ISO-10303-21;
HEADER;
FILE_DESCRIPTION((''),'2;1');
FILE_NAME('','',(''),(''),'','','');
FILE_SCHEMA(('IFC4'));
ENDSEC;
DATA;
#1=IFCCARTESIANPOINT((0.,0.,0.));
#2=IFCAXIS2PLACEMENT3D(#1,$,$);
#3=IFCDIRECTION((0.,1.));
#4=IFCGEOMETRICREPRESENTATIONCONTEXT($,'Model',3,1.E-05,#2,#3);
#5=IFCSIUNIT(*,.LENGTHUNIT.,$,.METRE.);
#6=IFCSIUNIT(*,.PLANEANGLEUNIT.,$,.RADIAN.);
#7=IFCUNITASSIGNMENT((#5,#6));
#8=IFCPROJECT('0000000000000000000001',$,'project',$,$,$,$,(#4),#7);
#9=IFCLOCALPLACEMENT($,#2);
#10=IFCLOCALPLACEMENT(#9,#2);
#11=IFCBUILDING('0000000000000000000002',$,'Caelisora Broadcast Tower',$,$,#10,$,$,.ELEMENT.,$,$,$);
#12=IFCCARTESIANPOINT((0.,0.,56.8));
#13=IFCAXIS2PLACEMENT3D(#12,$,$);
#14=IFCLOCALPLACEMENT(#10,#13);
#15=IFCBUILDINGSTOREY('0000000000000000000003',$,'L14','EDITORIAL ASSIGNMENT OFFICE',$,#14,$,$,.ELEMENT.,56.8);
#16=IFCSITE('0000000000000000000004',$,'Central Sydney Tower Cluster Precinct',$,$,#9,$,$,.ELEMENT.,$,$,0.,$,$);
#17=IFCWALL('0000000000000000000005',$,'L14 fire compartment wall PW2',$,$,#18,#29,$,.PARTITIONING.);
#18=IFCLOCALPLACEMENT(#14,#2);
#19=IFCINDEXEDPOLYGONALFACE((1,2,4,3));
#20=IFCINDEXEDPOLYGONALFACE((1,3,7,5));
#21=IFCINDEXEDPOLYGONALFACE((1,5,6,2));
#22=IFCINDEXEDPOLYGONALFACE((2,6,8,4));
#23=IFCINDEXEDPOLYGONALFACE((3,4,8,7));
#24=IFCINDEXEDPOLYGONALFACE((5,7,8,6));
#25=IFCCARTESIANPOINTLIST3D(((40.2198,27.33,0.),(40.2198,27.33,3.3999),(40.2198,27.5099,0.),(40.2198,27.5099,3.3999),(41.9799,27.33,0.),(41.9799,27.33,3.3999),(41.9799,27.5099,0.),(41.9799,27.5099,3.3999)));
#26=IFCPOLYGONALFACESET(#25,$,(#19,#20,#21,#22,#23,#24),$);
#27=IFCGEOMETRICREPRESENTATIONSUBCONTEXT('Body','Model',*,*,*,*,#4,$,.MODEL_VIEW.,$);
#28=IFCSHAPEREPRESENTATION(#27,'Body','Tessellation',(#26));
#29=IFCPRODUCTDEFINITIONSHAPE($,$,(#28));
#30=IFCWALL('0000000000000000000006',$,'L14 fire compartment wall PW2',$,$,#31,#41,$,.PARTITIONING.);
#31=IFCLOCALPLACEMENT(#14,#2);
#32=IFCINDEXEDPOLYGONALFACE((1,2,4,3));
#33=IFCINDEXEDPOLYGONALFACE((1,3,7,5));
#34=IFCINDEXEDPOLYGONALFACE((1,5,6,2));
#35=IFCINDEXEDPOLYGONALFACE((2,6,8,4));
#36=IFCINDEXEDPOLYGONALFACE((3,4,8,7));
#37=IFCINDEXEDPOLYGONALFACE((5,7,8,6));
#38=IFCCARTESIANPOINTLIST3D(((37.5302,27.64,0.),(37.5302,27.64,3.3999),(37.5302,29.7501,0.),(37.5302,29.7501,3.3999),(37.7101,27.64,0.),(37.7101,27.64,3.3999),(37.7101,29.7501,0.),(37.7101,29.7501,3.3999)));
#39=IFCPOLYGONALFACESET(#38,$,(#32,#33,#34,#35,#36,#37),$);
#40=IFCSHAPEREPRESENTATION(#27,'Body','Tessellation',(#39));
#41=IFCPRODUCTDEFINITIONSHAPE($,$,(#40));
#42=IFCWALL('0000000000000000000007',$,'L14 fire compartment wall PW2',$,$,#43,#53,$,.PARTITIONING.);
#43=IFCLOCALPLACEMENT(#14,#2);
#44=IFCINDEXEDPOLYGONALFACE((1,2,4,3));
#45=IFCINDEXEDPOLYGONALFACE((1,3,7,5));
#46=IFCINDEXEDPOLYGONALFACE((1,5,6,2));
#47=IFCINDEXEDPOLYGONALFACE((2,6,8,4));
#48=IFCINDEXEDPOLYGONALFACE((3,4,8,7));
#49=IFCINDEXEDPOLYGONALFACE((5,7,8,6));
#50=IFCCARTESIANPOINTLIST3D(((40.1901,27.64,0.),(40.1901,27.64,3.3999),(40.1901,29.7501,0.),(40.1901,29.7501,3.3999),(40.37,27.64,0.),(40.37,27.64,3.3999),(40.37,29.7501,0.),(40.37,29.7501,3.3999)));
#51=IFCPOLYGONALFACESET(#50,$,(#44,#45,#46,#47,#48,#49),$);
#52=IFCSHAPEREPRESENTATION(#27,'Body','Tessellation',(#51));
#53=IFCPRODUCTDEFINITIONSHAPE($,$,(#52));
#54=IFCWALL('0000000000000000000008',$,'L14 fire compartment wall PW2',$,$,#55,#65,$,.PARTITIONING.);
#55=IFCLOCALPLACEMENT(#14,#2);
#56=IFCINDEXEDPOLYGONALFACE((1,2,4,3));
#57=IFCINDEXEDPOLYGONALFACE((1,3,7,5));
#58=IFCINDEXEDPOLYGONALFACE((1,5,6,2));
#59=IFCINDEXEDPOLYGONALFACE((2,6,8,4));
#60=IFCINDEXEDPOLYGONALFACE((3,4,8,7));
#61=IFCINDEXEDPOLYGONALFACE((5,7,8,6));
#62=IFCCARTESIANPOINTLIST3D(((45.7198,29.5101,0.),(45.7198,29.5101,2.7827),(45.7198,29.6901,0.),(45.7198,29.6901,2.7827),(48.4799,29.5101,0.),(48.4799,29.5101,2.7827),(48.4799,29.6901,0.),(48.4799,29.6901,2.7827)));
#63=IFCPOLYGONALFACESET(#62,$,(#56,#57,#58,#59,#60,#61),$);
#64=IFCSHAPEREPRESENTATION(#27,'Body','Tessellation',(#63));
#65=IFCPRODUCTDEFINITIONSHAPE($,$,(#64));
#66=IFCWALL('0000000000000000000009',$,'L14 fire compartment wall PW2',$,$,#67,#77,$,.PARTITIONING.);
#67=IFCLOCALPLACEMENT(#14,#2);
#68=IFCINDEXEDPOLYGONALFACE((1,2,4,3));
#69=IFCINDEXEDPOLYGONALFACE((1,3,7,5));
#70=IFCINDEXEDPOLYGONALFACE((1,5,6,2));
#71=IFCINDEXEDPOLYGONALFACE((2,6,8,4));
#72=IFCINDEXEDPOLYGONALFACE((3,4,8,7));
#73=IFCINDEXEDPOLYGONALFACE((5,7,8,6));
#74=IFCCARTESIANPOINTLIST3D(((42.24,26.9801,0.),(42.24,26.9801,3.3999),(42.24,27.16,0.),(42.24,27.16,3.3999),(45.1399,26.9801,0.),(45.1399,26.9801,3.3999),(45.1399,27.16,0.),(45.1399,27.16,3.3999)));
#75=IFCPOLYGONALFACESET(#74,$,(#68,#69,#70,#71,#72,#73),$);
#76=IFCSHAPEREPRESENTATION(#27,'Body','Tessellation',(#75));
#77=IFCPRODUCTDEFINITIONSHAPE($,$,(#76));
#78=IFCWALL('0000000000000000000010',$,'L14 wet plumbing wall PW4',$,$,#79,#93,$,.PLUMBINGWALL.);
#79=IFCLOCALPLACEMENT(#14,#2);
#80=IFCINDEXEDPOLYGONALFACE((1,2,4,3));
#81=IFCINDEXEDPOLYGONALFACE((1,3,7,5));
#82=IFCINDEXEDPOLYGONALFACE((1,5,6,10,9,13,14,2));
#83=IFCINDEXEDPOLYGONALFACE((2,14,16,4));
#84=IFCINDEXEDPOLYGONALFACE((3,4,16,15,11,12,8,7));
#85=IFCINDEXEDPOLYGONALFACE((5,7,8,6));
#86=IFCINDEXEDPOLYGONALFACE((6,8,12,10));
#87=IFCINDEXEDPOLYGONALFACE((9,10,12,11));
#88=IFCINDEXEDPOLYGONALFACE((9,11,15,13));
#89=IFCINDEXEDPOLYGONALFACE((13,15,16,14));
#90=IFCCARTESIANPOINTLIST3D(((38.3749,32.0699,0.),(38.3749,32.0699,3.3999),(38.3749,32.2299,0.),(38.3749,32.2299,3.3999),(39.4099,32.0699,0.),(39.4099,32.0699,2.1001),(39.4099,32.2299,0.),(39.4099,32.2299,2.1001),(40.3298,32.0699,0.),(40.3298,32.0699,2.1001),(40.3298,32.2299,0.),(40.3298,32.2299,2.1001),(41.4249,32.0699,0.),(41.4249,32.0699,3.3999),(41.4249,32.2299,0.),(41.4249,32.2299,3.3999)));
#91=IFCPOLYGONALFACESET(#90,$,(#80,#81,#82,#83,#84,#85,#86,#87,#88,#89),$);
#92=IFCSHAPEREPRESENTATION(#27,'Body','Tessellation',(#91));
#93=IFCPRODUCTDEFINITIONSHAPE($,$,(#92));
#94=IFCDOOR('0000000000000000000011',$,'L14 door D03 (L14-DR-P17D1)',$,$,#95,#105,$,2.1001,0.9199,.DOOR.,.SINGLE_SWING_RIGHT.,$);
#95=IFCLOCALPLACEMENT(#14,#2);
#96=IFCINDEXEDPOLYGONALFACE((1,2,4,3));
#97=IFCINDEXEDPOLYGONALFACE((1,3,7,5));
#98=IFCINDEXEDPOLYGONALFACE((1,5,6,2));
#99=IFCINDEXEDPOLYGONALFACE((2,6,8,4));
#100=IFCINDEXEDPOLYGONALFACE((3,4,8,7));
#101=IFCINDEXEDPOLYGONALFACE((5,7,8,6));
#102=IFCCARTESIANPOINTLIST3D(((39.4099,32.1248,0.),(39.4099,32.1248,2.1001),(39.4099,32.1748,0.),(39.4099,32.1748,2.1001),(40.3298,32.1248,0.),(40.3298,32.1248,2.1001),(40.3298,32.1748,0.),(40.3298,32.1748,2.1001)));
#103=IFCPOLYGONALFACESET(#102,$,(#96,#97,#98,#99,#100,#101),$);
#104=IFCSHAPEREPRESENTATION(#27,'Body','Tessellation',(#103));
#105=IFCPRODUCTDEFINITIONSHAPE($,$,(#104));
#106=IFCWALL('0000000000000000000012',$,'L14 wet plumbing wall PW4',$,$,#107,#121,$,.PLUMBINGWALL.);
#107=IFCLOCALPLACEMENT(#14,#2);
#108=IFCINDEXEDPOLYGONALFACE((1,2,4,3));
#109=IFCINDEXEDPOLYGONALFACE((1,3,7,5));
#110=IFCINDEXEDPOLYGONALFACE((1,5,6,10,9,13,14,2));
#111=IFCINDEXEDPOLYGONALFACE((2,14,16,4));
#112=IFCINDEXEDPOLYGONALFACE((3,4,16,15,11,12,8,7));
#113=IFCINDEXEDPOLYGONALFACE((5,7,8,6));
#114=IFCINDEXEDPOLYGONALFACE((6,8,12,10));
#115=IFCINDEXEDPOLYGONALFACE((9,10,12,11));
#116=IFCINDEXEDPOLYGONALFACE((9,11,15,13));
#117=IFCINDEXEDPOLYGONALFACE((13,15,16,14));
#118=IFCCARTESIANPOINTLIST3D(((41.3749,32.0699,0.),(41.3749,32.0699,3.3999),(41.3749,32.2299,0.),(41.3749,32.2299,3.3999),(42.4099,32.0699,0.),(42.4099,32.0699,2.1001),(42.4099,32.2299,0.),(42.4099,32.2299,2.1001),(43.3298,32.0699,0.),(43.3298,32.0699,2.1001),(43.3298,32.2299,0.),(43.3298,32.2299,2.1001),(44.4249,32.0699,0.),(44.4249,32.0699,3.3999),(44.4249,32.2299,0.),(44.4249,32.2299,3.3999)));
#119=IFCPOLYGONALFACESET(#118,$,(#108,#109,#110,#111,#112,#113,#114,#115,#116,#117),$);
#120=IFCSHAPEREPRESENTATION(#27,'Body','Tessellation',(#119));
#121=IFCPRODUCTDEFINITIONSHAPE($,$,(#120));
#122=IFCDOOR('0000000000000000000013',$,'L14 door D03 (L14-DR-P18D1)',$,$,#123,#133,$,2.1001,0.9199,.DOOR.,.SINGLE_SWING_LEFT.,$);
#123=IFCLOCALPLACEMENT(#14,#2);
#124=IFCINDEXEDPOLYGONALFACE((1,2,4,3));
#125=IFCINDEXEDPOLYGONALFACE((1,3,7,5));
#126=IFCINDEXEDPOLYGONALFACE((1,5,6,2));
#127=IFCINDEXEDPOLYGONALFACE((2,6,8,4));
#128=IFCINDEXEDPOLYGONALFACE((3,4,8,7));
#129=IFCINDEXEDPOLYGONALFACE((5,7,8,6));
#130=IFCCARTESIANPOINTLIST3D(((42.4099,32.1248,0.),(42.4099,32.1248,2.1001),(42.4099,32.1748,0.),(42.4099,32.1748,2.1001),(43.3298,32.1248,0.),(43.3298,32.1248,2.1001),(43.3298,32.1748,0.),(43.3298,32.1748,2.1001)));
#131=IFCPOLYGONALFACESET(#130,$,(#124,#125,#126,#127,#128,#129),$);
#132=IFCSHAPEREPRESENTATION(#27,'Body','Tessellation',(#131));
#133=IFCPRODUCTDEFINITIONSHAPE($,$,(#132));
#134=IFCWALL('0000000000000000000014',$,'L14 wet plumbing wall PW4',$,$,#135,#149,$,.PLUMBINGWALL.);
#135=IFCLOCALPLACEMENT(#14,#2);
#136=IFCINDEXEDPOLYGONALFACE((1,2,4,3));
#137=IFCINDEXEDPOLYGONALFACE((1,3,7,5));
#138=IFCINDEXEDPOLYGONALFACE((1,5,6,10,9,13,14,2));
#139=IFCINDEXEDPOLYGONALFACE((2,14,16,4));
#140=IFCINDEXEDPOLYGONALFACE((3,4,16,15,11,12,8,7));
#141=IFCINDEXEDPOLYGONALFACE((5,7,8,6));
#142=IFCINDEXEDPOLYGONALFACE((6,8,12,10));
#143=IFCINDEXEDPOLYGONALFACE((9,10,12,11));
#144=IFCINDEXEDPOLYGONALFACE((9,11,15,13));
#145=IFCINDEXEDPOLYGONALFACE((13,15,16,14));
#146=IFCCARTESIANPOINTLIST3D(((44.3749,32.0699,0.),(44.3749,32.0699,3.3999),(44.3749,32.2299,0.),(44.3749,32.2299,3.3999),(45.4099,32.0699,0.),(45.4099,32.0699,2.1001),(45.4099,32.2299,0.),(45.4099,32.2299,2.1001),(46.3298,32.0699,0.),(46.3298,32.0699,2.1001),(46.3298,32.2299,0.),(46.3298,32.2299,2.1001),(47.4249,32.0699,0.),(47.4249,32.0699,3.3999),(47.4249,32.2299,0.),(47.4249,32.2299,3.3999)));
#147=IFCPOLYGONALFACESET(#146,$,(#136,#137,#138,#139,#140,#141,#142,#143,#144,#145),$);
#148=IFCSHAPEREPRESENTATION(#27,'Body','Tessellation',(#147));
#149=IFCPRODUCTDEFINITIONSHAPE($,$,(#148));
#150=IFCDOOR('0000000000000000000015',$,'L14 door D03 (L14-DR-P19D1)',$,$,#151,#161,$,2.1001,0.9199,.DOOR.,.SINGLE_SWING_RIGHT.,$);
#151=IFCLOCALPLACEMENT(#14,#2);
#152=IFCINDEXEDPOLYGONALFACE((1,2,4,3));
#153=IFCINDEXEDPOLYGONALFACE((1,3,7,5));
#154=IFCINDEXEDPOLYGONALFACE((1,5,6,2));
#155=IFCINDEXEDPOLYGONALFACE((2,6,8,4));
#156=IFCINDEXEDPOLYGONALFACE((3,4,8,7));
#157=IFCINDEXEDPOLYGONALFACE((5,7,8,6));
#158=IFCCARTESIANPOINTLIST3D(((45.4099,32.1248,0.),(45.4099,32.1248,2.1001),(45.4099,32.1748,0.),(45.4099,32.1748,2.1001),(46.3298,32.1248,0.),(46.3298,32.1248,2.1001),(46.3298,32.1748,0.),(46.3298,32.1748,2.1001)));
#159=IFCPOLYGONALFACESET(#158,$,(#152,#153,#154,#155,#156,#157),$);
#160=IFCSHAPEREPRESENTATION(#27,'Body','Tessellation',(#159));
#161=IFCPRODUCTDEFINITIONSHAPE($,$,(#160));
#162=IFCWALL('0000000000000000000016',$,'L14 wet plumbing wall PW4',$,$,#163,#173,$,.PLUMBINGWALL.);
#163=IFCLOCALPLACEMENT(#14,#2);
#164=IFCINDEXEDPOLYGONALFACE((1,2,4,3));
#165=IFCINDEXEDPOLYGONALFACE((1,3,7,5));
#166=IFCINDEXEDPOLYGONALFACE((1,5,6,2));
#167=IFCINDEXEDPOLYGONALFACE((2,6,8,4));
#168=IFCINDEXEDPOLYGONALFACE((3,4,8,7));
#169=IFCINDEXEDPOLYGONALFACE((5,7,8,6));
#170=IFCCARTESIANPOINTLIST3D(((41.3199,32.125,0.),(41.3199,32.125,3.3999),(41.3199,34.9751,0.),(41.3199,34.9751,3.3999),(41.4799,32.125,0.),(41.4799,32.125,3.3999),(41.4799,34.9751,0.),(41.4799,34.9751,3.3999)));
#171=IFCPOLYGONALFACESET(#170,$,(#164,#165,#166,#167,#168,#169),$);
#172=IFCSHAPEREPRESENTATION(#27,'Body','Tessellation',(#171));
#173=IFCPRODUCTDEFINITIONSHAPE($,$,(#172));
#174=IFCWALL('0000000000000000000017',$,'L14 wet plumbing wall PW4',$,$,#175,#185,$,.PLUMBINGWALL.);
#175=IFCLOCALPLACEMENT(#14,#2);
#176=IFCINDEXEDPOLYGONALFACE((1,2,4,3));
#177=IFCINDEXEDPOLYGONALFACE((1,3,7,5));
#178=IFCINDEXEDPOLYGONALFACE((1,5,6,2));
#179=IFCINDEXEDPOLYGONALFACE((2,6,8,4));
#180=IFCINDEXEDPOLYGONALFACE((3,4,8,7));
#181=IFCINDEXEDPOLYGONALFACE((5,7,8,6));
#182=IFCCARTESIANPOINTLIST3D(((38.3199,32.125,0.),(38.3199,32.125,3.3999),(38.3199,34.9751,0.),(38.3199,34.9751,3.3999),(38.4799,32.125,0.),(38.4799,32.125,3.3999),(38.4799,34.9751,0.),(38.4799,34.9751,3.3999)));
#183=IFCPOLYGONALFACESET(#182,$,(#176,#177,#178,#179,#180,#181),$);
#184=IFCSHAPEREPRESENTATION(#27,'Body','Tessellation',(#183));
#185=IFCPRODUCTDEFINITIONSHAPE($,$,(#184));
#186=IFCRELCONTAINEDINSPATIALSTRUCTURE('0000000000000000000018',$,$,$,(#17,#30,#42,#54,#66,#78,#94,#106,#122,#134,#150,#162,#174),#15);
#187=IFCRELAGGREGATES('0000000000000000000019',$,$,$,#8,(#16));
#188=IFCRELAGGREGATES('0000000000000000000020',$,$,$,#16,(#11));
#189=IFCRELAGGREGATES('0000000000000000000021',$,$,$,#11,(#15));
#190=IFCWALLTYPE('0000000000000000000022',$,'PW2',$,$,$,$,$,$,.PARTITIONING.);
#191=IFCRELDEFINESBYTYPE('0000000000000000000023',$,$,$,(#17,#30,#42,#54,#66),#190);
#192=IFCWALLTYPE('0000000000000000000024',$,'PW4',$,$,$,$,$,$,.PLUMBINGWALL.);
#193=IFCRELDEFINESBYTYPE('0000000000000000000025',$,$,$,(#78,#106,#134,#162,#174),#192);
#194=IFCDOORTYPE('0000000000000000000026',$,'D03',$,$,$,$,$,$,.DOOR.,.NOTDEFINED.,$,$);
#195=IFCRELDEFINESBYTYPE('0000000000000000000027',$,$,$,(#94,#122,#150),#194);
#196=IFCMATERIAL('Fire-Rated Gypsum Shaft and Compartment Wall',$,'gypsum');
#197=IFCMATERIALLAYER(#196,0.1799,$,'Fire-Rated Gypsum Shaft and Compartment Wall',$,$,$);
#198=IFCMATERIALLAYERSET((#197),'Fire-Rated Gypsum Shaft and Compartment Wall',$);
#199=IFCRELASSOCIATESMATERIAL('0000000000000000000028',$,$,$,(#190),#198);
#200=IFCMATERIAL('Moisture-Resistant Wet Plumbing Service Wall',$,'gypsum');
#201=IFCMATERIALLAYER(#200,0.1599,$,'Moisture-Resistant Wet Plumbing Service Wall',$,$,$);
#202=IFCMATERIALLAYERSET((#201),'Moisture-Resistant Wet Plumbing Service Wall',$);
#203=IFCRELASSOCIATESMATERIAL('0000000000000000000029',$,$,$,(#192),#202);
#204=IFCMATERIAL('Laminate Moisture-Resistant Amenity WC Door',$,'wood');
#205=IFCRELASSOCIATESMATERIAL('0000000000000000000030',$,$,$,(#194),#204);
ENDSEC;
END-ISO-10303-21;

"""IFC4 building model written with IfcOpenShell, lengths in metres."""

from ifc_helpers import new_model, si_unit, direction, frame, frame_2d, origin, place, context, subcontext, project, spatial, rectangle, extrude, material, layer, layer_set, type_object, element, fill, save


model = new_model("IFC4")

# Units and contexts
model_context = context("Model", 3, precision=1e-05, world=origin(), true_north=direction((0.0, 1.0)))
body_context = subcontext(model_context, "Body", "Model", "MODEL_VIEW")
ifc_project = project(units=[si_unit("LENGTHUNIT", "METRE"), si_unit("PLANEANGLEUNIT", "RADIAN")], contexts=[model_context])

# Site, building, storey
site_placement = place(None, origin())
site = spatial("IfcSite", under=ifc_project, at=site_placement, Name="Central Sydney Tower Cluster Precinct", CompositionType="ELEMENT", RefElevation=0.0)
building_placement = place(site_placement, origin())
building = spatial("IfcBuilding", under=site, at=building_placement, Name="Caelisora Broadcast Tower", CompositionType="ELEMENT")
storey_placement = place(building_placement, frame((0.0, 0.0, 56.8)))
storey = spatial("IfcBuildingStorey", under=building, at=storey_placement, Name="L14", Description="EDITORIAL ASSIGNMENT OFFICE", CompositionType="ELEMENT", Elevation=56.8)

# Walls
ifc_material_1 = material(Name="Fire-Rated Gypsum Shaft and Compartment Wall", Category="gypsum")
ifc_layer_1 = layer(ifc_material_1, 0.1799, Name="Fire-Rated Gypsum Shaft and Compartment Wall")
ifc_layer_set_1 = layer_set([ifc_layer_1], Name="Fire-Rated Gypsum Shaft and Compartment Wall")
wall_type_1 = type_object("IfcWallType", Name="PW2", PredefinedType="PARTITIONING", material=ifc_layer_set_1)
wall_1_placement = place(storey_placement, frame((40.22, 27.4199, 0.0), z_axis=(0.0, 0.0, 1.0), x_axis=(1.0, 0.0, 0.0)))
element("IfcWall", 1, at=wall_1_placement, inside=storey, type_object=wall_type_1, Name="L14 fire compartment wall PW2", PredefinedType="PARTITIONING", context=body_context, shape_type="SweptSolid", body=[
    extrude(rectangle(XDim=1.76, YDim=0.1799, at=frame_2d((0.8799, 0.0))), origin(), (0.0, 0.0, 1.0), 3.3999),
])
for number, where, z_axis, x_axis, name in (
    (2, (37.6201, 27.6399, 0.0), (0.0, 0.0, 1.0), (0.0, 1.0, 0.0), "L14 fire compartment wall PW2"),
    (3, (40.28, 27.6399, 0.0), (0.0, 0.0, 1.0), (0.0, 1.0, 0.0), "L14 fire compartment wall PW2"),
):
    element("IfcWall", number, at=place(storey_placement, frame(where, z_axis=z_axis, x_axis=x_axis)), inside=storey, type_object=wall_type_1, Name=name, PredefinedType="PARTITIONING", context=body_context, shape_type="SweptSolid", body=[
        extrude(rectangle(XDim=2.1101, YDim=0.1799, at=frame_2d((1.0552, 0.0))), origin(), (0.0, 0.0, 1.0), 3.3999),
    ])
wall_2_placement = place(storey_placement, frame((45.72, 29.6001, 0.0), z_axis=(0.0, 0.0, 1.0), x_axis=(1.0, 0.0, 0.0)))
element("IfcWall", 4, at=wall_2_placement, inside=storey, type_object=wall_type_1, Name="L14 fire compartment wall PW2", PredefinedType="PARTITIONING", context=body_context, shape_type="SweptSolid", body=[
    extrude(rectangle(XDim=2.76, YDim=0.1799, at=frame_2d((1.3799, 0.0))), origin(), (0.0, 0.0, 1.0), 2.7827),
])
wall_3_placement = place(storey_placement, frame((42.24, 27.0701, 0.0), z_axis=(0.0, 0.0, 1.0), x_axis=(1.0, 0.0, 0.0)))
element("IfcWall", 5, at=wall_3_placement, inside=storey, type_object=wall_type_1, Name="L14 fire compartment wall PW2", PredefinedType="PARTITIONING", context=body_context, shape_type="SweptSolid", body=[
    extrude(rectangle(XDim=2.8999, YDim=0.1799, at=frame_2d((1.45, 0.0))), origin(), (0.0, 0.0, 1.0), 3.3999),
])

# Walls, openings, doors
ifc_material_2 = material(Name="Moisture-Resistant Wet Plumbing Service Wall", Category="gypsum")
ifc_layer_2 = layer(ifc_material_2, 0.1599, Name="Moisture-Resistant Wet Plumbing Service Wall")
ifc_layer_set_2 = layer_set([ifc_layer_2], Name="Moisture-Resistant Wet Plumbing Service Wall")
wall_type_2 = type_object("IfcWallType", Name="PW4", PredefinedType="PLUMBINGWALL", material=ifc_layer_set_2)
wall_4_placement = place(storey_placement, frame((38.375, 32.1499, 0.0), z_axis=(0.0, 0.0, 1.0), x_axis=(1.0, 0.0, 0.0)))
wall_4 = element("IfcWall", 6, at=wall_4_placement, inside=storey, type_object=wall_type_2, Name="L14 wet plumbing wall PW4", PredefinedType="PLUMBINGWALL", context=body_context, shape_type="SweptSolid", body=[
    extrude(rectangle(XDim=3.05, YDim=0.1599, at=frame_2d((1.5249, 0.0))), origin(), (0.0, 0.0, 1.0), 3.3999),
])
opening_1_placement = place(wall_4_placement, frame((1.0349, 0.0, 0.0)))
opening_1 = element("IfcOpeningElement", 7, at=opening_1_placement, cuts=wall_4, PredefinedType="OPENING", context=body_context, shape_type="SweptSolid", body=[
    extrude(rectangle(XDim=0.9199, YDim=2.1001, at=frame_2d((0.46, 1.05))), frame((0.0, 0.092, 0.0), z_axis=(0.0, -1.0, 0.0), x_axis=(1.0, 0.0, 0.0)), (0.0, 0.0, 1.0), 0.1838),
])
ifc_material_3 = material(Name="Laminate Moisture-Resistant Amenity WC Door", Category="wood")
door_type_1 = type_object("IfcDoorType", Name="D03", OperationType="NOTDEFINED", PredefinedType="DOOR", material=ifc_material_3)
door_1_placement = place(opening_1_placement, origin())
door_1 = element("IfcDoor", 8, at=door_1_placement, inside=storey, type_object=door_type_1, Name="L14 door D03 (L14-DR-P17D1)", OperationType="SINGLE_SWING_RIGHT", OverallHeight=2.1001, OverallWidth=0.9199, PredefinedType="DOOR", context=body_context, shape_type="SweptSolid", body=[
    extrude(rectangle(XDim=0.9199, YDim=2.1001, at=frame_2d((0.46, 1.05))), frame((0.0, 0.0249, 0.0), z_axis=(0.0, -1.0, 0.0), x_axis=(1.0, 0.0, 0.0)), (0.0, 0.0, 1.0), 0.05),
])
fill(opening_1, door_1)
wall_5_placement = place(storey_placement, frame((41.375, 32.1499, 0.0), z_axis=(0.0, 0.0, 1.0), x_axis=(1.0, 0.0, 0.0)))
wall_5 = element("IfcWall", 9, at=wall_5_placement, inside=storey, type_object=wall_type_2, Name="L14 wet plumbing wall PW4", PredefinedType="PLUMBINGWALL", context=body_context, shape_type="SweptSolid", body=[
    extrude(rectangle(XDim=3.05, YDim=0.1599, at=frame_2d((1.5249, 0.0))), origin(), (0.0, 0.0, 1.0), 3.3999),
])
opening_2_placement = place(wall_5_placement, frame((1.0349, 0.0, 0.0)))
opening_2 = element("IfcOpeningElement", 10, at=opening_2_placement, cuts=wall_5, PredefinedType="OPENING", context=body_context, shape_type="SweptSolid", body=[
    extrude(rectangle(XDim=0.9199, YDim=2.1001, at=frame_2d((0.46, 1.05))), frame((0.0, 0.092, 0.0), z_axis=(0.0, -1.0, 0.0), x_axis=(1.0, 0.0, 0.0)), (0.0, 0.0, 1.0), 0.1838),
])
door_2_placement = place(opening_2_placement, origin())
door_2 = element("IfcDoor", 11, at=door_2_placement, inside=storey, type_object=door_type_1, Name="L14 door D03 (L14-DR-P18D1)", OperationType="SINGLE_SWING_LEFT", OverallHeight=2.1001, OverallWidth=0.9199, PredefinedType="DOOR", context=body_context, shape_type="SweptSolid", body=[
    extrude(rectangle(XDim=0.9199, YDim=2.1001, at=frame_2d((0.46, 1.05))), frame((0.0, 0.0249, 0.0), z_axis=(0.0, -1.0, 0.0), x_axis=(1.0, 0.0, 0.0)), (0.0, 0.0, 1.0), 0.05),
])
fill(opening_2, door_2)
wall_6_placement = place(storey_placement, frame((44.375, 32.1499, 0.0), z_axis=(0.0, 0.0, 1.0), x_axis=(1.0, 0.0, 0.0)))
wall_6 = element("IfcWall", 12, at=wall_6_placement, inside=storey, type_object=wall_type_2, Name="L14 wet plumbing wall PW4", PredefinedType="PLUMBINGWALL", context=body_context, shape_type="SweptSolid", body=[
    extrude(rectangle(XDim=3.05, YDim=0.1599, at=frame_2d((1.5249, 0.0))), origin(), (0.0, 0.0, 1.0), 3.3999),
])
opening_3_placement = place(wall_6_placement, frame((1.0349, 0.0, 0.0)))
opening_3 = element("IfcOpeningElement", 13, at=opening_3_placement, cuts=wall_6, PredefinedType="OPENING", context=body_context, shape_type="SweptSolid", body=[
    extrude(rectangle(XDim=0.9199, YDim=2.1001, at=frame_2d((0.46, 1.05))), frame((0.0, 0.092, 0.0), z_axis=(0.0, -1.0, 0.0), x_axis=(1.0, 0.0, 0.0)), (0.0, 0.0, 1.0), 0.1838),
])
door_3_placement = place(opening_3_placement, origin())
door_3 = element("IfcDoor", 14, at=door_3_placement, inside=storey, type_object=door_type_1, Name="L14 door D03 (L14-DR-P19D1)", OperationType="SINGLE_SWING_RIGHT", OverallHeight=2.1001, OverallWidth=0.9199, PredefinedType="DOOR", context=body_context, shape_type="SweptSolid", body=[
    extrude(rectangle(XDim=0.9199, YDim=2.1001, at=frame_2d((0.46, 1.05))), frame((0.0, 0.0249, 0.0), z_axis=(0.0, -1.0, 0.0), x_axis=(1.0, 0.0, 0.0)), (0.0, 0.0, 1.0), 0.05),
])
fill(opening_3, door_3)

# Walls
for number, where, z_axis, x_axis, name in (
    (15, (41.3999, 32.125, 0.0), (0.0, 0.0, 1.0), (0.0, 1.0, 0.0), "L14 wet plumbing wall PW4"),
    (16, (38.3999, 32.125, 0.0), (0.0, 0.0, 1.0), (0.0, 1.0, 0.0), "L14 wet plumbing wall PW4"),
):
    element("IfcWall", number, at=place(storey_placement, frame(where, z_axis=z_axis, x_axis=x_axis)), inside=storey, type_object=wall_type_2, Name=name, PredefinedType="PLUMBINGWALL", context=body_context, shape_type="SweptSolid", body=[
        extrude(rectangle(XDim=2.8501, YDim=0.1599, at=frame_2d((1.425, 0.0))), origin(), (0.0, 0.0, 1.0), 3.3999),
    ])

save(model, "model.ifc")
